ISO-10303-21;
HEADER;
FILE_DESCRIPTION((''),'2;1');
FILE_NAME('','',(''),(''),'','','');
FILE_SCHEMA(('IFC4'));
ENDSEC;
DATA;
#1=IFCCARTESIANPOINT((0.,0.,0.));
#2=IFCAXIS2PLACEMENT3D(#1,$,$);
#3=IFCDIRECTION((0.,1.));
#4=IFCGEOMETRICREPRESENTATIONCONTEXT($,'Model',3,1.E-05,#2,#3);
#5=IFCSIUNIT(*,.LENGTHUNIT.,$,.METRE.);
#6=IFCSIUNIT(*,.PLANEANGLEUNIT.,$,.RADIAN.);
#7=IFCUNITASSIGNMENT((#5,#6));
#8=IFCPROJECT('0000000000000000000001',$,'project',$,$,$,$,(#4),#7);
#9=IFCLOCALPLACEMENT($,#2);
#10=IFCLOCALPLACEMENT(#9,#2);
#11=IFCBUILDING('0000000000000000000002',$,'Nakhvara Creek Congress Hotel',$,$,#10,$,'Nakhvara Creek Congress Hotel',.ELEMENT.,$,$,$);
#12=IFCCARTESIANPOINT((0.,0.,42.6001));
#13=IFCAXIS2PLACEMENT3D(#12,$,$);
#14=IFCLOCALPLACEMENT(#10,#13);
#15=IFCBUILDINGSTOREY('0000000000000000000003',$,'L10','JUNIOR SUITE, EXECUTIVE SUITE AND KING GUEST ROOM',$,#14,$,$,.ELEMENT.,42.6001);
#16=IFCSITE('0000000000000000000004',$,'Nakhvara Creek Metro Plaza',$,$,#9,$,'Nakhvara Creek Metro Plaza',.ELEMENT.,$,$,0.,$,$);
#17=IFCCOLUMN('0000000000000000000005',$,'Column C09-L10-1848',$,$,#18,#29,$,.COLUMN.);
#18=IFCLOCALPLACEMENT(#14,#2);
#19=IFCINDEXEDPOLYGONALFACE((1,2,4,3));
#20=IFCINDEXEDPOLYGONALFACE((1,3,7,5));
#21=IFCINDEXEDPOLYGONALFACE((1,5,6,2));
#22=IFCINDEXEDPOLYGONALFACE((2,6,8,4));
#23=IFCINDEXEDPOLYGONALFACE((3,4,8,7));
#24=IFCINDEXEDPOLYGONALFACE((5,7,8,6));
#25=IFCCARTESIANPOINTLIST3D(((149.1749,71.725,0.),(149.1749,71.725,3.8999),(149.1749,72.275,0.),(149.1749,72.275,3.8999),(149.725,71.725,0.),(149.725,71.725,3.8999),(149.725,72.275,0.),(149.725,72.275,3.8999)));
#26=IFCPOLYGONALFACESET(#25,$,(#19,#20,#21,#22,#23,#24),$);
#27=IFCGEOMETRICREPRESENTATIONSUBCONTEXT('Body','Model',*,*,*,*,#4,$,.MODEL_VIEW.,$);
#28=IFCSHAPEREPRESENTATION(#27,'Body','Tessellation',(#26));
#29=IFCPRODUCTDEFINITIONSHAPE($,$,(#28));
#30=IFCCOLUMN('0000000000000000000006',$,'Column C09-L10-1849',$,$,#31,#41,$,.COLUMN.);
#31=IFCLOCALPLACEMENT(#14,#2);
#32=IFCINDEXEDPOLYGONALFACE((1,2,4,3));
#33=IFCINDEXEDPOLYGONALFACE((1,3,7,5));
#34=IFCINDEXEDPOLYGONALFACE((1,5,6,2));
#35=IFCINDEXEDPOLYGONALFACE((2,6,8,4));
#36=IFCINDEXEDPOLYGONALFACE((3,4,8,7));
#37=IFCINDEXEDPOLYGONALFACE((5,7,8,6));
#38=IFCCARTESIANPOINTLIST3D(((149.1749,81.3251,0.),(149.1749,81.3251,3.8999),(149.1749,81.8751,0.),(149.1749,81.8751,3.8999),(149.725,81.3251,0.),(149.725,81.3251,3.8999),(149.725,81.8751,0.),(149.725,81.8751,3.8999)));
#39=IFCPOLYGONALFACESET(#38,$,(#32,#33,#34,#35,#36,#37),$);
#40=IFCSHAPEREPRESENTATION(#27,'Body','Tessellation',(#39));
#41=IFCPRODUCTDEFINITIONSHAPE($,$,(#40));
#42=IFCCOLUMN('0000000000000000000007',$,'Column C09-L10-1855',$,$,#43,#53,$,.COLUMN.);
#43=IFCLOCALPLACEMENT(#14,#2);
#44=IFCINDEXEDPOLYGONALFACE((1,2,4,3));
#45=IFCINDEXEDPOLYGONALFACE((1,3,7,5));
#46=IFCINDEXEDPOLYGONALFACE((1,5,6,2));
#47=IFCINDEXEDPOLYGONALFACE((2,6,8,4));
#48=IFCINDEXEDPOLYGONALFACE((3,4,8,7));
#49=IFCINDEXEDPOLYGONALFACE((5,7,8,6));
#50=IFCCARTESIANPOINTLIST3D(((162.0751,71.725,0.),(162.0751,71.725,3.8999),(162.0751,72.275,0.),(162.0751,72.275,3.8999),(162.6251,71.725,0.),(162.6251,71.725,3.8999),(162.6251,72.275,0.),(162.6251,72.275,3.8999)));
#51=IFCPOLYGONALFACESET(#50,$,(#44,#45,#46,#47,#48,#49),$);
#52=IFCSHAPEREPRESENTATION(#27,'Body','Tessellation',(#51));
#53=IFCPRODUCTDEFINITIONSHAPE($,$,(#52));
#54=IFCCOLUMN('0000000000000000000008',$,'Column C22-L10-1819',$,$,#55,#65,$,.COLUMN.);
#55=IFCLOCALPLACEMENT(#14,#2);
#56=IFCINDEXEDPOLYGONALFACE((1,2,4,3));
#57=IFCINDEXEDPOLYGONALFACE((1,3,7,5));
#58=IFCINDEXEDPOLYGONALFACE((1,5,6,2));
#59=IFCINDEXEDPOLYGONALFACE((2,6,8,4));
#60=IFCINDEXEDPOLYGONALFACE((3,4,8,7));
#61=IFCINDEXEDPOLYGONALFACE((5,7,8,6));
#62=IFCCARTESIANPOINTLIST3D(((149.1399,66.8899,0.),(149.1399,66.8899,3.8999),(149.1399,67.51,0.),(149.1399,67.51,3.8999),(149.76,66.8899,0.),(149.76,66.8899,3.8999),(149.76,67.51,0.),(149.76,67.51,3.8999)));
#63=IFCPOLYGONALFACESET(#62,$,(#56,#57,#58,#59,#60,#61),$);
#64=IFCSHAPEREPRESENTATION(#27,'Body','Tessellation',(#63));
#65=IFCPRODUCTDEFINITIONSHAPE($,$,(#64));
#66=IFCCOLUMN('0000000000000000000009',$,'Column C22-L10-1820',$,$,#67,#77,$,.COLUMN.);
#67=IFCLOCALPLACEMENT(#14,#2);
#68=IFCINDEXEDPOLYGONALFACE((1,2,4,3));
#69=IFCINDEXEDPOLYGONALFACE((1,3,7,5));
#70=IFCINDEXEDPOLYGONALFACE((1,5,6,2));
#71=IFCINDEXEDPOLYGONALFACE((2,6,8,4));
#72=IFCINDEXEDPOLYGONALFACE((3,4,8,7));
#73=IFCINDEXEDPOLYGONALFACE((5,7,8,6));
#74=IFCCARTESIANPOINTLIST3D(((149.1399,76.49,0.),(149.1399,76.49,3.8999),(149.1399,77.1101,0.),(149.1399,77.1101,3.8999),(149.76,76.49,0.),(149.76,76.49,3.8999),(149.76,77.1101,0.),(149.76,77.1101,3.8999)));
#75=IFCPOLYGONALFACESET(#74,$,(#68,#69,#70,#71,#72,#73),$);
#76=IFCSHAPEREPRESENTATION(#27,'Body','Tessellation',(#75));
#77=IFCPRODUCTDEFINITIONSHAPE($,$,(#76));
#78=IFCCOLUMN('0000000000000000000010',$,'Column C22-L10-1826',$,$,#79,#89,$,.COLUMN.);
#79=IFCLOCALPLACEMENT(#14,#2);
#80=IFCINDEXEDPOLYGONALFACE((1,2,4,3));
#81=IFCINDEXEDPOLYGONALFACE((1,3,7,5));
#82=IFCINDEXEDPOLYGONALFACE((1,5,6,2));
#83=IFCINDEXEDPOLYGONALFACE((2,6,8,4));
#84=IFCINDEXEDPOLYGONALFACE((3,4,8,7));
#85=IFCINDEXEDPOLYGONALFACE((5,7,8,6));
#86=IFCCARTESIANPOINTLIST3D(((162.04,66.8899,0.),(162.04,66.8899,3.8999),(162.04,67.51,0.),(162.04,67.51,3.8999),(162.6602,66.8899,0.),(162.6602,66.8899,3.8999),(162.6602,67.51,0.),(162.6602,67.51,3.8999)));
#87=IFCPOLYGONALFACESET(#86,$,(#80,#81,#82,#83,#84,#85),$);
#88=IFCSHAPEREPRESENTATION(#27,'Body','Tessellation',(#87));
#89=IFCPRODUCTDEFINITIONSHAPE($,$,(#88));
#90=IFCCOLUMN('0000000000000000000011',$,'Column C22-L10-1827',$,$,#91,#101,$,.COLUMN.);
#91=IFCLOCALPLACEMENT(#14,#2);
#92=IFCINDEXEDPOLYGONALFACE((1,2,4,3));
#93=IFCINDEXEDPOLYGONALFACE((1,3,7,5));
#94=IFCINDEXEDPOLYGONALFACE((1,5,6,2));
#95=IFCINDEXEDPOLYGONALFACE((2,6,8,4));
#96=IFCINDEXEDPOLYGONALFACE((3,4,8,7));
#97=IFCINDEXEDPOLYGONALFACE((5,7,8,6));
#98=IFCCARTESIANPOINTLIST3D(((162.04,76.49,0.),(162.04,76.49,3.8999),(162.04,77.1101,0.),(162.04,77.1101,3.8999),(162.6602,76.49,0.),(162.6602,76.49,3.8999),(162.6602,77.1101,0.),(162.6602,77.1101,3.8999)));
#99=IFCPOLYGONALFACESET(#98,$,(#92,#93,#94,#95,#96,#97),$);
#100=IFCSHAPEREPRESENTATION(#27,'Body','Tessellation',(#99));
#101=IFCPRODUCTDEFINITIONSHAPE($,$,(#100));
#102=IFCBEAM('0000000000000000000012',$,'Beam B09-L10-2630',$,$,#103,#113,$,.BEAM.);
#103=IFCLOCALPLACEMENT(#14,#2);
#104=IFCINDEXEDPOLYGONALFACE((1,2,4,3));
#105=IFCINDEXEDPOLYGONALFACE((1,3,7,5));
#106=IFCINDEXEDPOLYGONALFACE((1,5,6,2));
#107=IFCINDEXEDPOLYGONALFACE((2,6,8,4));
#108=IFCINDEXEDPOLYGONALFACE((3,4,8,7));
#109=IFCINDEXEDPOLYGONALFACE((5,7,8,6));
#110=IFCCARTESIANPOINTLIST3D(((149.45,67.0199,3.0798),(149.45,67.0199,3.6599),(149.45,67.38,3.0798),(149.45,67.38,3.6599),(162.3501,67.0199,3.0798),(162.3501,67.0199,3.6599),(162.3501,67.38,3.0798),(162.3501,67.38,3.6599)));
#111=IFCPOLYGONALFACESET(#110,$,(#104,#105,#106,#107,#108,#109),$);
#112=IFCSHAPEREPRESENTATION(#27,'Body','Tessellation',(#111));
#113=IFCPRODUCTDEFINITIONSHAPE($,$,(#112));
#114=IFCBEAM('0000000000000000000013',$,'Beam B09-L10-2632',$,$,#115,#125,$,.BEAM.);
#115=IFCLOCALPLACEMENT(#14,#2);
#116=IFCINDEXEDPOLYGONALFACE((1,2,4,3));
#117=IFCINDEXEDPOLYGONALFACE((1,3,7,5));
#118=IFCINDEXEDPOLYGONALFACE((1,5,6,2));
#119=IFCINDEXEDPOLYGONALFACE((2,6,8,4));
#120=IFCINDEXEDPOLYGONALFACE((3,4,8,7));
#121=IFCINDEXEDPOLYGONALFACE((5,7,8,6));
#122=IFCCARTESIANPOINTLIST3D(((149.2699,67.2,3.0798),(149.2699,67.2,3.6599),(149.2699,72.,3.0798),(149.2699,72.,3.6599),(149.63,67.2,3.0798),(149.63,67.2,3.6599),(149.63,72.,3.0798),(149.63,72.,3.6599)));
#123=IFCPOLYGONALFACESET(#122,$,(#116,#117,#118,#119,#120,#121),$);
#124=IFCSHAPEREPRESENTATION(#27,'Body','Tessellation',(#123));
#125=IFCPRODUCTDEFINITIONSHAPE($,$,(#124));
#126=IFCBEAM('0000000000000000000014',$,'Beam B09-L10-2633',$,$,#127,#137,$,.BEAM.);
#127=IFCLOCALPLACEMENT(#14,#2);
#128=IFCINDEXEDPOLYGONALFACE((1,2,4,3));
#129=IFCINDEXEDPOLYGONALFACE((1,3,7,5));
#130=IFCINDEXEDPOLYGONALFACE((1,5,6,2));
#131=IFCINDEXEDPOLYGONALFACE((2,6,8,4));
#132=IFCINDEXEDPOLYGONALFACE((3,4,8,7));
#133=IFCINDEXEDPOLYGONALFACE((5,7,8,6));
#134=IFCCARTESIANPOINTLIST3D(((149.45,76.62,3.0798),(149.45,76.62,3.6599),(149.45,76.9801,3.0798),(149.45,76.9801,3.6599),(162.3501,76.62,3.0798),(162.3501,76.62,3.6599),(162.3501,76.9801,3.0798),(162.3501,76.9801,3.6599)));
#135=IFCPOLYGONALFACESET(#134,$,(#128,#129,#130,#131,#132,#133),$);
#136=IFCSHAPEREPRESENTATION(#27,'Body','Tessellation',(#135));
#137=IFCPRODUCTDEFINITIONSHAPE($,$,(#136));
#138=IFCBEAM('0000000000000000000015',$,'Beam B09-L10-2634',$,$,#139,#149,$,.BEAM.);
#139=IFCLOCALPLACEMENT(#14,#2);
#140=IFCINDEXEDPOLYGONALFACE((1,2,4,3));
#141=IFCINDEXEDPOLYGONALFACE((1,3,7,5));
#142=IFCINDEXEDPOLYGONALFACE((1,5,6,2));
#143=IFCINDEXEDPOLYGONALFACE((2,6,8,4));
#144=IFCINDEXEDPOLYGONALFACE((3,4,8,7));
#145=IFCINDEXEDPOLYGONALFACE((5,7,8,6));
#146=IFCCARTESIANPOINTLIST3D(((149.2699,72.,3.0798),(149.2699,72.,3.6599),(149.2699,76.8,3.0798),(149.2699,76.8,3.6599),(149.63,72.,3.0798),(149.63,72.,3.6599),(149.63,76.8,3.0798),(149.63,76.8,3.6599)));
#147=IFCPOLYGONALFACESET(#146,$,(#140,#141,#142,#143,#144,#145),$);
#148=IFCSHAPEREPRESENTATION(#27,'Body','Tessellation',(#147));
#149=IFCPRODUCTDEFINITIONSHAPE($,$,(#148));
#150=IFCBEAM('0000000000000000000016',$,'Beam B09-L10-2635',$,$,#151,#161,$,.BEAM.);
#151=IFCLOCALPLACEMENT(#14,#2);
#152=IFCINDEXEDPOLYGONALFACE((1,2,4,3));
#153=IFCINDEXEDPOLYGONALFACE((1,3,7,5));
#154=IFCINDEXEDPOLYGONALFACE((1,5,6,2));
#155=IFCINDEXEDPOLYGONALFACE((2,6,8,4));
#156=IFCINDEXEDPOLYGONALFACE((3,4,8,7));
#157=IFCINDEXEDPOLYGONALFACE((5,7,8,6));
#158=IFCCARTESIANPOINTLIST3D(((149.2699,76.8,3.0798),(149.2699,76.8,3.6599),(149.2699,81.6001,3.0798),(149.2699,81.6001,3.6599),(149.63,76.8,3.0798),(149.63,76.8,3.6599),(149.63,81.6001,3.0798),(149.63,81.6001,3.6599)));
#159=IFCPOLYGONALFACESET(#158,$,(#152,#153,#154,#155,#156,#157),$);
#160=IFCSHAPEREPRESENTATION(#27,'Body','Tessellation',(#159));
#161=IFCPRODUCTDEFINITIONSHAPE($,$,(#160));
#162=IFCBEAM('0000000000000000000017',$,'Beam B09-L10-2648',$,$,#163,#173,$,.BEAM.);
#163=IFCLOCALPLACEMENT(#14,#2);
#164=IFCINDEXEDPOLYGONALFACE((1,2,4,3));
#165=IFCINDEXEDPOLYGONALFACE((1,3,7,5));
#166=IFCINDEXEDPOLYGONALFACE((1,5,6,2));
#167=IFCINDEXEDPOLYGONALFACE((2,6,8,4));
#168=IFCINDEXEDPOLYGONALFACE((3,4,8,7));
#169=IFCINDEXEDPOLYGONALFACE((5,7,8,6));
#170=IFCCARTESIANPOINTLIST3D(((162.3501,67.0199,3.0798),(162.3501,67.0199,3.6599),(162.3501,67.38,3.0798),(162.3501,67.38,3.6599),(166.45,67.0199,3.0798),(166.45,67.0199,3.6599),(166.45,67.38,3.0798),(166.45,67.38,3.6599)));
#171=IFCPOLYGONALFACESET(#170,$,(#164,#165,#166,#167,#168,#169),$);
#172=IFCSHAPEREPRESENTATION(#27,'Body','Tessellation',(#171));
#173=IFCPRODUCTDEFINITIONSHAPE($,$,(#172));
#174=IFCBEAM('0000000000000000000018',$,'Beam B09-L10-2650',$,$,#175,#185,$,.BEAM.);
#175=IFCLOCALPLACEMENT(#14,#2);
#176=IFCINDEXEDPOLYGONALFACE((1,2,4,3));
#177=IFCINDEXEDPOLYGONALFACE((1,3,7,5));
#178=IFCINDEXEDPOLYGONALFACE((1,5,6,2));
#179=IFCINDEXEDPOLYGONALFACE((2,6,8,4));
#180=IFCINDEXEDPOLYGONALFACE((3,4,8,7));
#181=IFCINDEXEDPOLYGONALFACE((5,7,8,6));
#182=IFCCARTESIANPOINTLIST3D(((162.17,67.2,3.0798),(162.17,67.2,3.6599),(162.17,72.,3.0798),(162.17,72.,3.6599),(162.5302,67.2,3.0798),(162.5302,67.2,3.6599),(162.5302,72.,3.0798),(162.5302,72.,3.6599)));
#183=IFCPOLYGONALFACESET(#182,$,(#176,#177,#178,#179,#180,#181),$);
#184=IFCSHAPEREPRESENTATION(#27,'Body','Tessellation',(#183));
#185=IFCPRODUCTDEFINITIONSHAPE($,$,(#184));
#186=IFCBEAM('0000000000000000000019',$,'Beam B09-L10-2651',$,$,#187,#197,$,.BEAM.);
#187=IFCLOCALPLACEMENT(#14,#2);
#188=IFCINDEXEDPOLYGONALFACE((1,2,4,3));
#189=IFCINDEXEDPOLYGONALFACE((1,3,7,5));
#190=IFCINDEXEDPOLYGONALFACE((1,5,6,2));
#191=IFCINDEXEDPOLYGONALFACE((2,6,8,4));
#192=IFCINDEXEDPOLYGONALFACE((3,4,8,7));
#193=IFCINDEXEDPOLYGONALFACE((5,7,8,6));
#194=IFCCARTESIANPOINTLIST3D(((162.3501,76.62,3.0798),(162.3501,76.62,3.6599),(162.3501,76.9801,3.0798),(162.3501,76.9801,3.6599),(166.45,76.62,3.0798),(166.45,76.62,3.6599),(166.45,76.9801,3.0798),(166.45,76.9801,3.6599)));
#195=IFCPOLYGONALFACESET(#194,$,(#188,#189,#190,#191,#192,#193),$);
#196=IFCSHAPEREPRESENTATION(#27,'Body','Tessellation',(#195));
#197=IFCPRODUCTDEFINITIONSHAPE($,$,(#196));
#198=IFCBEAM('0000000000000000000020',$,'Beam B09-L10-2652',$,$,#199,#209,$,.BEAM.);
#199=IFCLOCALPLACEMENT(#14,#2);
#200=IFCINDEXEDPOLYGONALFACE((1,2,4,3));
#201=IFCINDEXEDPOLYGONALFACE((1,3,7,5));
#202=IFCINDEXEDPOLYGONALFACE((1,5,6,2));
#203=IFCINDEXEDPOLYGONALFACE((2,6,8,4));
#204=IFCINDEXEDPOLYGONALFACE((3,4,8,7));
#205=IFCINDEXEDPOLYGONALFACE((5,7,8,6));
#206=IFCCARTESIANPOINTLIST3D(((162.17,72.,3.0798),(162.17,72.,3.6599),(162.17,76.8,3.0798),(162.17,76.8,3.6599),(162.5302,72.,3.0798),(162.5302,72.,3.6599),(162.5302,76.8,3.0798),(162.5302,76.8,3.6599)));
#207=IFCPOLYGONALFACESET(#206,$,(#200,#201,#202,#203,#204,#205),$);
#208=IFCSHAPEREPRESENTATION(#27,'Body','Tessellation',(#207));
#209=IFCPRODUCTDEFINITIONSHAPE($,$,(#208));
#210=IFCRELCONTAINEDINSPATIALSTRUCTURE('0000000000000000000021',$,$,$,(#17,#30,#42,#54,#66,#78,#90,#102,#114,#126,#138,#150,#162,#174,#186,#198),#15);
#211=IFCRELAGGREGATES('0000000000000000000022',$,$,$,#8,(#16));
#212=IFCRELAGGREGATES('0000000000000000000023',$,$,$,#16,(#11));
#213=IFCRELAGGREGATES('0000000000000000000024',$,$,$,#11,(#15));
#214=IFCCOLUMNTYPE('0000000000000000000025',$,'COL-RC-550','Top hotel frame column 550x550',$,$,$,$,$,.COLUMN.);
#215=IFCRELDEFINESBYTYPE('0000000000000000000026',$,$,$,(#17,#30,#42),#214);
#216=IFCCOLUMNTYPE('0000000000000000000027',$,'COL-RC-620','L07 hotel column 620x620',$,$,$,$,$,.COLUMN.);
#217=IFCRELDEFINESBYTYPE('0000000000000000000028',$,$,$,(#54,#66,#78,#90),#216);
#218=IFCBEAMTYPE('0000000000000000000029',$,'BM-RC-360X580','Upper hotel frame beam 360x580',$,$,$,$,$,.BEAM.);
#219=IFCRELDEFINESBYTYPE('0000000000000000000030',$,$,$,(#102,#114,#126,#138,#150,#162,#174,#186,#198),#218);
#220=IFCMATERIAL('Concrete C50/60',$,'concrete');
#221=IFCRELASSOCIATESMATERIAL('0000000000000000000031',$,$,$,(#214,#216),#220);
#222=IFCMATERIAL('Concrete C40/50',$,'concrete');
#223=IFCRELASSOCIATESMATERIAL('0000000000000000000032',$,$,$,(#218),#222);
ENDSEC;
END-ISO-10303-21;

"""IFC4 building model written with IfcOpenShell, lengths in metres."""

from ifc_helpers import new_model, si_unit, direction, frame, origin, origin_2d, place, context, subcontext, project, spatial, rectangle, extrude, material, material_profile, profile_set, type_object, element, save


model = new_model("IFC4")

# Units and contexts
model_context = context("Model", 3, precision=1e-05, world=origin(), true_north=direction((0.0, 1.0)))
body_context = subcontext(model_context, "Body", "Model", "MODEL_VIEW")
ifc_project = project(units=[si_unit("LENGTHUNIT", "METRE"), si_unit("PLANEANGLEUNIT", "RADIAN")], contexts=[model_context])

# Site, building, storey
site_placement = place(None, origin())
site = spatial("IfcSite", under=ifc_project, at=site_placement, Name="Nakhvara Creek Metro Plaza", LongName="Nakhvara Creek Metro Plaza", CompositionType="ELEMENT", RefElevation=0.0)
building_placement = place(site_placement, origin())
building = spatial("IfcBuilding", under=site, at=building_placement, Name="Nakhvara Creek Congress Hotel", LongName="Nakhvara Creek Congress Hotel", CompositionType="ELEMENT")
storey_placement = place(building_placement, frame((0.0, 0.0, 42.6001)))
storey = spatial("IfcBuildingStorey", under=building, at=storey_placement, Name="L10", Description="JUNIOR SUITE, EXECUTIVE SUITE AND KING GUEST ROOM", CompositionType="ELEMENT", Elevation=42.6001)

# Columns
ifc_material_1 = material(Name="Concrete C50/60", Category="concrete")
ifc_material_profile_1 = material_profile(ifc_material_1, rectangle(XDim=0.55, YDim=0.55, at=origin_2d()), Name="RC-COL 550x550", Category="LoadBearing")
ifc_profile_set_1 = profile_set([ifc_material_profile_1], Name="Concrete C50/60")
column_type_1 = type_object("IfcColumnType", Name="COL-RC-550", Description="Top hotel frame column 550x550", PredefinedType="COLUMN", material=ifc_profile_set_1)
for number, where, z_axis, x_axis, name in (
    (1, (149.45, 72.0, 0.0), (0.0, 0.0, 1.0), (1.0, 0.0, 0.0), "Column C09-L10-1848"),
    (2, (149.45, 81.6001, 0.0), (0.0, 0.0, 1.0), (1.0, 0.0, 0.0), "Column C09-L10-1849"),
    (3, (162.3501, 72.0, 0.0), (0.0, 0.0, 1.0), (1.0, 0.0, 0.0), "Column C09-L10-1855"),
):
    element("IfcColumn", number, at=place(storey_placement, frame(where, z_axis=z_axis, x_axis=x_axis)), inside=storey, type_object=column_type_1, Name=name, PredefinedType="COLUMN", context=body_context, shape_type="SweptSolid", body=[
        extrude(rectangle(XDim=0.55, YDim=0.55, at=origin_2d()), origin(), (0.0, 0.0, 1.0), 3.8999),
    ])
ifc_material_profile_2 = material_profile(ifc_material_1, rectangle(XDim=0.6201, YDim=0.6201, at=origin_2d()), Name="RC-COL 620x620", Category="LoadBearing")
ifc_profile_set_2 = profile_set([ifc_material_profile_2], Name="Concrete C50/60")
column_type_2 = type_object("IfcColumnType", Name="COL-RC-620", Description="L07 hotel column 620x620", PredefinedType="COLUMN", material=ifc_profile_set_2)
for number, where, z_axis, x_axis, name in (
    (4, (149.45, 67.2, 0.0), (0.0, 0.0, 1.0), (1.0, 0.0, 0.0), "Column C22-L10-1819"),
    (5, (149.45, 76.8, 0.0), (0.0, 0.0, 1.0), (1.0, 0.0, 0.0), "Column C22-L10-1820"),
    (6, (162.3501, 67.2, 0.0), (0.0, 0.0, 1.0), (1.0, 0.0, 0.0), "Column C22-L10-1826"),
    (7, (162.3501, 76.8, 0.0), (0.0, 0.0, 1.0), (1.0, 0.0, 0.0), "Column C22-L10-1827"),
):
    element("IfcColumn", number, at=place(storey_placement, frame(where, z_axis=z_axis, x_axis=x_axis)), inside=storey, type_object=column_type_2, Name=name, PredefinedType="COLUMN", context=body_context, shape_type="SweptSolid", body=[
        extrude(rectangle(XDim=0.6201, YDim=0.6201, at=origin_2d()), origin(), (0.0, 0.0, 1.0), 3.8999),
    ])

# Beams
ifc_material_2 = material(Name="Concrete C40/50", Category="concrete")
ifc_material_profile_3 = material_profile(ifc_material_2, rectangle(XDim=0.3601, YDim=0.5801, at=origin_2d()), Name="RC-BM 360x580", Category="LoadBearing")
ifc_profile_set_3 = profile_set([ifc_material_profile_3], Name="Concrete C40/50")
beam_type = type_object("IfcBeamType", Name="BM-RC-360X580", Description="Upper hotel frame beam 360x580", PredefinedType="BEAM", material=ifc_profile_set_3)
beam_1_placement = place(storey_placement, frame((149.45, 67.2, 3.3699), z_axis=(1.0, 0.0, 0.0), x_axis=(0.0, 1.0, 0.0)))
element("IfcBeam", 8, at=beam_1_placement, inside=storey, type_object=beam_type, Name="Beam B09-L10-2630", PredefinedType="BEAM", context=body_context, shape_type="SweptSolid", body=[
    extrude(rectangle(XDim=0.3601, YDim=0.5801, at=origin_2d()), origin(), (0.0, 0.0, 1.0), 12.9001),
])
beam_2_placement = place(storey_placement, frame((149.45, 67.2, 3.3699), z_axis=(0.0, 1.0, 0.0), x_axis=(-1.0, 0.0, 0.0)))
element("IfcBeam", 9, at=beam_2_placement, inside=storey, type_object=beam_type, Name="Beam B09-L10-2632", PredefinedType="BEAM", context=body_context, shape_type="SweptSolid", body=[
    extrude(rectangle(XDim=0.3601, YDim=0.5801, at=origin_2d()), origin(), (0.0, 0.0, 1.0), 4.8),
])
beam_3_placement = place(storey_placement, frame((149.45, 76.8, 3.3699), z_axis=(1.0, 0.0, 0.0), x_axis=(0.0, 1.0, 0.0)))
element("IfcBeam", 10, at=beam_3_placement, inside=storey, type_object=beam_type, Name="Beam B09-L10-2633", PredefinedType="BEAM", context=body_context, shape_type="SweptSolid", body=[
    extrude(rectangle(XDim=0.3601, YDim=0.5801, at=origin_2d()), origin(), (0.0, 0.0, 1.0), 12.9001),
])
for number, where, z_axis, x_axis, name in (
    (11, (149.45, 72.0, 3.3699), (0.0, 1.0, 0.0), (-1.0, 0.0, 0.0), "Beam B09-L10-2634"),
    (12, (149.45, 76.8, 3.3699), (0.0, 1.0, 0.0), (-1.0, 0.0, 0.0), "Beam B09-L10-2635"),
):
    element("IfcBeam", number, at=place(storey_placement, frame(where, z_axis=z_axis, x_axis=x_axis)), inside=storey, type_object=beam_type, Name=name, PredefinedType="BEAM", context=body_context, shape_type="SweptSolid", body=[
        extrude(rectangle(XDim=0.3601, YDim=0.5801, at=origin_2d()), origin(), (0.0, 0.0, 1.0), 4.8),
    ])
beam_4_placement = place(storey_placement, frame((162.3501, 67.2, 3.3699), z_axis=(1.0, 0.0, 0.0), x_axis=(0.0, 1.0, 0.0)))
element("IfcBeam", 13, at=beam_4_placement, inside=storey, type_object=beam_type, Name="Beam B09-L10-2648", PredefinedType="BEAM", context=body_context, shape_type="SweptSolid", body=[
    extrude(rectangle(XDim=0.3601, YDim=0.5801, at=origin_2d()), origin(), (0.0, 0.0, 1.0), 4.0999),
])
beam_5_placement = place(storey_placement, frame((162.3501, 67.2, 3.3699), z_axis=(0.0, 1.0, 0.0), x_axis=(-1.0, 0.0, 0.0)))
element("IfcBeam", 14, at=beam_5_placement, inside=storey, type_object=beam_type, Name="Beam B09-L10-2650", PredefinedType="BEAM", context=body_context, shape_type="SweptSolid", body=[
    extrude(rectangle(XDim=0.3601, YDim=0.5801, at=origin_2d()), origin(), (0.0, 0.0, 1.0), 4.8),
])
beam_6_placement = place(storey_placement, frame((162.3501, 76.8, 3.3699), z_axis=(1.0, 0.0, 0.0), x_axis=(0.0, 1.0, 0.0)))
element("IfcBeam", 15, at=beam_6_placement, inside=storey, type_object=beam_type, Name="Beam B09-L10-2651", PredefinedType="BEAM", context=body_context, shape_type="SweptSolid", body=[
    extrude(rectangle(XDim=0.3601, YDim=0.5801, at=origin_2d()), origin(), (0.0, 0.0, 1.0), 4.0999),
])
for number, where, z_axis, x_axis, name in (
    (16, (162.3501, 72.0, 3.3699), (0.0, 1.0, 0.0), (-1.0, 0.0, 0.0), "Beam B09-L10-2652"),
):
    element("IfcBeam", number, at=place(storey_placement, frame(where, z_axis=z_axis, x_axis=x_axis)), inside=storey, type_object=beam_type, Name=name, PredefinedType="BEAM", context=body_context, shape_type="SweptSolid", body=[
        extrude(rectangle(XDim=0.3601, YDim=0.5801, at=origin_2d()), origin(), (0.0, 0.0, 1.0), 4.8),
    ])

save(model, "model.ifc")
